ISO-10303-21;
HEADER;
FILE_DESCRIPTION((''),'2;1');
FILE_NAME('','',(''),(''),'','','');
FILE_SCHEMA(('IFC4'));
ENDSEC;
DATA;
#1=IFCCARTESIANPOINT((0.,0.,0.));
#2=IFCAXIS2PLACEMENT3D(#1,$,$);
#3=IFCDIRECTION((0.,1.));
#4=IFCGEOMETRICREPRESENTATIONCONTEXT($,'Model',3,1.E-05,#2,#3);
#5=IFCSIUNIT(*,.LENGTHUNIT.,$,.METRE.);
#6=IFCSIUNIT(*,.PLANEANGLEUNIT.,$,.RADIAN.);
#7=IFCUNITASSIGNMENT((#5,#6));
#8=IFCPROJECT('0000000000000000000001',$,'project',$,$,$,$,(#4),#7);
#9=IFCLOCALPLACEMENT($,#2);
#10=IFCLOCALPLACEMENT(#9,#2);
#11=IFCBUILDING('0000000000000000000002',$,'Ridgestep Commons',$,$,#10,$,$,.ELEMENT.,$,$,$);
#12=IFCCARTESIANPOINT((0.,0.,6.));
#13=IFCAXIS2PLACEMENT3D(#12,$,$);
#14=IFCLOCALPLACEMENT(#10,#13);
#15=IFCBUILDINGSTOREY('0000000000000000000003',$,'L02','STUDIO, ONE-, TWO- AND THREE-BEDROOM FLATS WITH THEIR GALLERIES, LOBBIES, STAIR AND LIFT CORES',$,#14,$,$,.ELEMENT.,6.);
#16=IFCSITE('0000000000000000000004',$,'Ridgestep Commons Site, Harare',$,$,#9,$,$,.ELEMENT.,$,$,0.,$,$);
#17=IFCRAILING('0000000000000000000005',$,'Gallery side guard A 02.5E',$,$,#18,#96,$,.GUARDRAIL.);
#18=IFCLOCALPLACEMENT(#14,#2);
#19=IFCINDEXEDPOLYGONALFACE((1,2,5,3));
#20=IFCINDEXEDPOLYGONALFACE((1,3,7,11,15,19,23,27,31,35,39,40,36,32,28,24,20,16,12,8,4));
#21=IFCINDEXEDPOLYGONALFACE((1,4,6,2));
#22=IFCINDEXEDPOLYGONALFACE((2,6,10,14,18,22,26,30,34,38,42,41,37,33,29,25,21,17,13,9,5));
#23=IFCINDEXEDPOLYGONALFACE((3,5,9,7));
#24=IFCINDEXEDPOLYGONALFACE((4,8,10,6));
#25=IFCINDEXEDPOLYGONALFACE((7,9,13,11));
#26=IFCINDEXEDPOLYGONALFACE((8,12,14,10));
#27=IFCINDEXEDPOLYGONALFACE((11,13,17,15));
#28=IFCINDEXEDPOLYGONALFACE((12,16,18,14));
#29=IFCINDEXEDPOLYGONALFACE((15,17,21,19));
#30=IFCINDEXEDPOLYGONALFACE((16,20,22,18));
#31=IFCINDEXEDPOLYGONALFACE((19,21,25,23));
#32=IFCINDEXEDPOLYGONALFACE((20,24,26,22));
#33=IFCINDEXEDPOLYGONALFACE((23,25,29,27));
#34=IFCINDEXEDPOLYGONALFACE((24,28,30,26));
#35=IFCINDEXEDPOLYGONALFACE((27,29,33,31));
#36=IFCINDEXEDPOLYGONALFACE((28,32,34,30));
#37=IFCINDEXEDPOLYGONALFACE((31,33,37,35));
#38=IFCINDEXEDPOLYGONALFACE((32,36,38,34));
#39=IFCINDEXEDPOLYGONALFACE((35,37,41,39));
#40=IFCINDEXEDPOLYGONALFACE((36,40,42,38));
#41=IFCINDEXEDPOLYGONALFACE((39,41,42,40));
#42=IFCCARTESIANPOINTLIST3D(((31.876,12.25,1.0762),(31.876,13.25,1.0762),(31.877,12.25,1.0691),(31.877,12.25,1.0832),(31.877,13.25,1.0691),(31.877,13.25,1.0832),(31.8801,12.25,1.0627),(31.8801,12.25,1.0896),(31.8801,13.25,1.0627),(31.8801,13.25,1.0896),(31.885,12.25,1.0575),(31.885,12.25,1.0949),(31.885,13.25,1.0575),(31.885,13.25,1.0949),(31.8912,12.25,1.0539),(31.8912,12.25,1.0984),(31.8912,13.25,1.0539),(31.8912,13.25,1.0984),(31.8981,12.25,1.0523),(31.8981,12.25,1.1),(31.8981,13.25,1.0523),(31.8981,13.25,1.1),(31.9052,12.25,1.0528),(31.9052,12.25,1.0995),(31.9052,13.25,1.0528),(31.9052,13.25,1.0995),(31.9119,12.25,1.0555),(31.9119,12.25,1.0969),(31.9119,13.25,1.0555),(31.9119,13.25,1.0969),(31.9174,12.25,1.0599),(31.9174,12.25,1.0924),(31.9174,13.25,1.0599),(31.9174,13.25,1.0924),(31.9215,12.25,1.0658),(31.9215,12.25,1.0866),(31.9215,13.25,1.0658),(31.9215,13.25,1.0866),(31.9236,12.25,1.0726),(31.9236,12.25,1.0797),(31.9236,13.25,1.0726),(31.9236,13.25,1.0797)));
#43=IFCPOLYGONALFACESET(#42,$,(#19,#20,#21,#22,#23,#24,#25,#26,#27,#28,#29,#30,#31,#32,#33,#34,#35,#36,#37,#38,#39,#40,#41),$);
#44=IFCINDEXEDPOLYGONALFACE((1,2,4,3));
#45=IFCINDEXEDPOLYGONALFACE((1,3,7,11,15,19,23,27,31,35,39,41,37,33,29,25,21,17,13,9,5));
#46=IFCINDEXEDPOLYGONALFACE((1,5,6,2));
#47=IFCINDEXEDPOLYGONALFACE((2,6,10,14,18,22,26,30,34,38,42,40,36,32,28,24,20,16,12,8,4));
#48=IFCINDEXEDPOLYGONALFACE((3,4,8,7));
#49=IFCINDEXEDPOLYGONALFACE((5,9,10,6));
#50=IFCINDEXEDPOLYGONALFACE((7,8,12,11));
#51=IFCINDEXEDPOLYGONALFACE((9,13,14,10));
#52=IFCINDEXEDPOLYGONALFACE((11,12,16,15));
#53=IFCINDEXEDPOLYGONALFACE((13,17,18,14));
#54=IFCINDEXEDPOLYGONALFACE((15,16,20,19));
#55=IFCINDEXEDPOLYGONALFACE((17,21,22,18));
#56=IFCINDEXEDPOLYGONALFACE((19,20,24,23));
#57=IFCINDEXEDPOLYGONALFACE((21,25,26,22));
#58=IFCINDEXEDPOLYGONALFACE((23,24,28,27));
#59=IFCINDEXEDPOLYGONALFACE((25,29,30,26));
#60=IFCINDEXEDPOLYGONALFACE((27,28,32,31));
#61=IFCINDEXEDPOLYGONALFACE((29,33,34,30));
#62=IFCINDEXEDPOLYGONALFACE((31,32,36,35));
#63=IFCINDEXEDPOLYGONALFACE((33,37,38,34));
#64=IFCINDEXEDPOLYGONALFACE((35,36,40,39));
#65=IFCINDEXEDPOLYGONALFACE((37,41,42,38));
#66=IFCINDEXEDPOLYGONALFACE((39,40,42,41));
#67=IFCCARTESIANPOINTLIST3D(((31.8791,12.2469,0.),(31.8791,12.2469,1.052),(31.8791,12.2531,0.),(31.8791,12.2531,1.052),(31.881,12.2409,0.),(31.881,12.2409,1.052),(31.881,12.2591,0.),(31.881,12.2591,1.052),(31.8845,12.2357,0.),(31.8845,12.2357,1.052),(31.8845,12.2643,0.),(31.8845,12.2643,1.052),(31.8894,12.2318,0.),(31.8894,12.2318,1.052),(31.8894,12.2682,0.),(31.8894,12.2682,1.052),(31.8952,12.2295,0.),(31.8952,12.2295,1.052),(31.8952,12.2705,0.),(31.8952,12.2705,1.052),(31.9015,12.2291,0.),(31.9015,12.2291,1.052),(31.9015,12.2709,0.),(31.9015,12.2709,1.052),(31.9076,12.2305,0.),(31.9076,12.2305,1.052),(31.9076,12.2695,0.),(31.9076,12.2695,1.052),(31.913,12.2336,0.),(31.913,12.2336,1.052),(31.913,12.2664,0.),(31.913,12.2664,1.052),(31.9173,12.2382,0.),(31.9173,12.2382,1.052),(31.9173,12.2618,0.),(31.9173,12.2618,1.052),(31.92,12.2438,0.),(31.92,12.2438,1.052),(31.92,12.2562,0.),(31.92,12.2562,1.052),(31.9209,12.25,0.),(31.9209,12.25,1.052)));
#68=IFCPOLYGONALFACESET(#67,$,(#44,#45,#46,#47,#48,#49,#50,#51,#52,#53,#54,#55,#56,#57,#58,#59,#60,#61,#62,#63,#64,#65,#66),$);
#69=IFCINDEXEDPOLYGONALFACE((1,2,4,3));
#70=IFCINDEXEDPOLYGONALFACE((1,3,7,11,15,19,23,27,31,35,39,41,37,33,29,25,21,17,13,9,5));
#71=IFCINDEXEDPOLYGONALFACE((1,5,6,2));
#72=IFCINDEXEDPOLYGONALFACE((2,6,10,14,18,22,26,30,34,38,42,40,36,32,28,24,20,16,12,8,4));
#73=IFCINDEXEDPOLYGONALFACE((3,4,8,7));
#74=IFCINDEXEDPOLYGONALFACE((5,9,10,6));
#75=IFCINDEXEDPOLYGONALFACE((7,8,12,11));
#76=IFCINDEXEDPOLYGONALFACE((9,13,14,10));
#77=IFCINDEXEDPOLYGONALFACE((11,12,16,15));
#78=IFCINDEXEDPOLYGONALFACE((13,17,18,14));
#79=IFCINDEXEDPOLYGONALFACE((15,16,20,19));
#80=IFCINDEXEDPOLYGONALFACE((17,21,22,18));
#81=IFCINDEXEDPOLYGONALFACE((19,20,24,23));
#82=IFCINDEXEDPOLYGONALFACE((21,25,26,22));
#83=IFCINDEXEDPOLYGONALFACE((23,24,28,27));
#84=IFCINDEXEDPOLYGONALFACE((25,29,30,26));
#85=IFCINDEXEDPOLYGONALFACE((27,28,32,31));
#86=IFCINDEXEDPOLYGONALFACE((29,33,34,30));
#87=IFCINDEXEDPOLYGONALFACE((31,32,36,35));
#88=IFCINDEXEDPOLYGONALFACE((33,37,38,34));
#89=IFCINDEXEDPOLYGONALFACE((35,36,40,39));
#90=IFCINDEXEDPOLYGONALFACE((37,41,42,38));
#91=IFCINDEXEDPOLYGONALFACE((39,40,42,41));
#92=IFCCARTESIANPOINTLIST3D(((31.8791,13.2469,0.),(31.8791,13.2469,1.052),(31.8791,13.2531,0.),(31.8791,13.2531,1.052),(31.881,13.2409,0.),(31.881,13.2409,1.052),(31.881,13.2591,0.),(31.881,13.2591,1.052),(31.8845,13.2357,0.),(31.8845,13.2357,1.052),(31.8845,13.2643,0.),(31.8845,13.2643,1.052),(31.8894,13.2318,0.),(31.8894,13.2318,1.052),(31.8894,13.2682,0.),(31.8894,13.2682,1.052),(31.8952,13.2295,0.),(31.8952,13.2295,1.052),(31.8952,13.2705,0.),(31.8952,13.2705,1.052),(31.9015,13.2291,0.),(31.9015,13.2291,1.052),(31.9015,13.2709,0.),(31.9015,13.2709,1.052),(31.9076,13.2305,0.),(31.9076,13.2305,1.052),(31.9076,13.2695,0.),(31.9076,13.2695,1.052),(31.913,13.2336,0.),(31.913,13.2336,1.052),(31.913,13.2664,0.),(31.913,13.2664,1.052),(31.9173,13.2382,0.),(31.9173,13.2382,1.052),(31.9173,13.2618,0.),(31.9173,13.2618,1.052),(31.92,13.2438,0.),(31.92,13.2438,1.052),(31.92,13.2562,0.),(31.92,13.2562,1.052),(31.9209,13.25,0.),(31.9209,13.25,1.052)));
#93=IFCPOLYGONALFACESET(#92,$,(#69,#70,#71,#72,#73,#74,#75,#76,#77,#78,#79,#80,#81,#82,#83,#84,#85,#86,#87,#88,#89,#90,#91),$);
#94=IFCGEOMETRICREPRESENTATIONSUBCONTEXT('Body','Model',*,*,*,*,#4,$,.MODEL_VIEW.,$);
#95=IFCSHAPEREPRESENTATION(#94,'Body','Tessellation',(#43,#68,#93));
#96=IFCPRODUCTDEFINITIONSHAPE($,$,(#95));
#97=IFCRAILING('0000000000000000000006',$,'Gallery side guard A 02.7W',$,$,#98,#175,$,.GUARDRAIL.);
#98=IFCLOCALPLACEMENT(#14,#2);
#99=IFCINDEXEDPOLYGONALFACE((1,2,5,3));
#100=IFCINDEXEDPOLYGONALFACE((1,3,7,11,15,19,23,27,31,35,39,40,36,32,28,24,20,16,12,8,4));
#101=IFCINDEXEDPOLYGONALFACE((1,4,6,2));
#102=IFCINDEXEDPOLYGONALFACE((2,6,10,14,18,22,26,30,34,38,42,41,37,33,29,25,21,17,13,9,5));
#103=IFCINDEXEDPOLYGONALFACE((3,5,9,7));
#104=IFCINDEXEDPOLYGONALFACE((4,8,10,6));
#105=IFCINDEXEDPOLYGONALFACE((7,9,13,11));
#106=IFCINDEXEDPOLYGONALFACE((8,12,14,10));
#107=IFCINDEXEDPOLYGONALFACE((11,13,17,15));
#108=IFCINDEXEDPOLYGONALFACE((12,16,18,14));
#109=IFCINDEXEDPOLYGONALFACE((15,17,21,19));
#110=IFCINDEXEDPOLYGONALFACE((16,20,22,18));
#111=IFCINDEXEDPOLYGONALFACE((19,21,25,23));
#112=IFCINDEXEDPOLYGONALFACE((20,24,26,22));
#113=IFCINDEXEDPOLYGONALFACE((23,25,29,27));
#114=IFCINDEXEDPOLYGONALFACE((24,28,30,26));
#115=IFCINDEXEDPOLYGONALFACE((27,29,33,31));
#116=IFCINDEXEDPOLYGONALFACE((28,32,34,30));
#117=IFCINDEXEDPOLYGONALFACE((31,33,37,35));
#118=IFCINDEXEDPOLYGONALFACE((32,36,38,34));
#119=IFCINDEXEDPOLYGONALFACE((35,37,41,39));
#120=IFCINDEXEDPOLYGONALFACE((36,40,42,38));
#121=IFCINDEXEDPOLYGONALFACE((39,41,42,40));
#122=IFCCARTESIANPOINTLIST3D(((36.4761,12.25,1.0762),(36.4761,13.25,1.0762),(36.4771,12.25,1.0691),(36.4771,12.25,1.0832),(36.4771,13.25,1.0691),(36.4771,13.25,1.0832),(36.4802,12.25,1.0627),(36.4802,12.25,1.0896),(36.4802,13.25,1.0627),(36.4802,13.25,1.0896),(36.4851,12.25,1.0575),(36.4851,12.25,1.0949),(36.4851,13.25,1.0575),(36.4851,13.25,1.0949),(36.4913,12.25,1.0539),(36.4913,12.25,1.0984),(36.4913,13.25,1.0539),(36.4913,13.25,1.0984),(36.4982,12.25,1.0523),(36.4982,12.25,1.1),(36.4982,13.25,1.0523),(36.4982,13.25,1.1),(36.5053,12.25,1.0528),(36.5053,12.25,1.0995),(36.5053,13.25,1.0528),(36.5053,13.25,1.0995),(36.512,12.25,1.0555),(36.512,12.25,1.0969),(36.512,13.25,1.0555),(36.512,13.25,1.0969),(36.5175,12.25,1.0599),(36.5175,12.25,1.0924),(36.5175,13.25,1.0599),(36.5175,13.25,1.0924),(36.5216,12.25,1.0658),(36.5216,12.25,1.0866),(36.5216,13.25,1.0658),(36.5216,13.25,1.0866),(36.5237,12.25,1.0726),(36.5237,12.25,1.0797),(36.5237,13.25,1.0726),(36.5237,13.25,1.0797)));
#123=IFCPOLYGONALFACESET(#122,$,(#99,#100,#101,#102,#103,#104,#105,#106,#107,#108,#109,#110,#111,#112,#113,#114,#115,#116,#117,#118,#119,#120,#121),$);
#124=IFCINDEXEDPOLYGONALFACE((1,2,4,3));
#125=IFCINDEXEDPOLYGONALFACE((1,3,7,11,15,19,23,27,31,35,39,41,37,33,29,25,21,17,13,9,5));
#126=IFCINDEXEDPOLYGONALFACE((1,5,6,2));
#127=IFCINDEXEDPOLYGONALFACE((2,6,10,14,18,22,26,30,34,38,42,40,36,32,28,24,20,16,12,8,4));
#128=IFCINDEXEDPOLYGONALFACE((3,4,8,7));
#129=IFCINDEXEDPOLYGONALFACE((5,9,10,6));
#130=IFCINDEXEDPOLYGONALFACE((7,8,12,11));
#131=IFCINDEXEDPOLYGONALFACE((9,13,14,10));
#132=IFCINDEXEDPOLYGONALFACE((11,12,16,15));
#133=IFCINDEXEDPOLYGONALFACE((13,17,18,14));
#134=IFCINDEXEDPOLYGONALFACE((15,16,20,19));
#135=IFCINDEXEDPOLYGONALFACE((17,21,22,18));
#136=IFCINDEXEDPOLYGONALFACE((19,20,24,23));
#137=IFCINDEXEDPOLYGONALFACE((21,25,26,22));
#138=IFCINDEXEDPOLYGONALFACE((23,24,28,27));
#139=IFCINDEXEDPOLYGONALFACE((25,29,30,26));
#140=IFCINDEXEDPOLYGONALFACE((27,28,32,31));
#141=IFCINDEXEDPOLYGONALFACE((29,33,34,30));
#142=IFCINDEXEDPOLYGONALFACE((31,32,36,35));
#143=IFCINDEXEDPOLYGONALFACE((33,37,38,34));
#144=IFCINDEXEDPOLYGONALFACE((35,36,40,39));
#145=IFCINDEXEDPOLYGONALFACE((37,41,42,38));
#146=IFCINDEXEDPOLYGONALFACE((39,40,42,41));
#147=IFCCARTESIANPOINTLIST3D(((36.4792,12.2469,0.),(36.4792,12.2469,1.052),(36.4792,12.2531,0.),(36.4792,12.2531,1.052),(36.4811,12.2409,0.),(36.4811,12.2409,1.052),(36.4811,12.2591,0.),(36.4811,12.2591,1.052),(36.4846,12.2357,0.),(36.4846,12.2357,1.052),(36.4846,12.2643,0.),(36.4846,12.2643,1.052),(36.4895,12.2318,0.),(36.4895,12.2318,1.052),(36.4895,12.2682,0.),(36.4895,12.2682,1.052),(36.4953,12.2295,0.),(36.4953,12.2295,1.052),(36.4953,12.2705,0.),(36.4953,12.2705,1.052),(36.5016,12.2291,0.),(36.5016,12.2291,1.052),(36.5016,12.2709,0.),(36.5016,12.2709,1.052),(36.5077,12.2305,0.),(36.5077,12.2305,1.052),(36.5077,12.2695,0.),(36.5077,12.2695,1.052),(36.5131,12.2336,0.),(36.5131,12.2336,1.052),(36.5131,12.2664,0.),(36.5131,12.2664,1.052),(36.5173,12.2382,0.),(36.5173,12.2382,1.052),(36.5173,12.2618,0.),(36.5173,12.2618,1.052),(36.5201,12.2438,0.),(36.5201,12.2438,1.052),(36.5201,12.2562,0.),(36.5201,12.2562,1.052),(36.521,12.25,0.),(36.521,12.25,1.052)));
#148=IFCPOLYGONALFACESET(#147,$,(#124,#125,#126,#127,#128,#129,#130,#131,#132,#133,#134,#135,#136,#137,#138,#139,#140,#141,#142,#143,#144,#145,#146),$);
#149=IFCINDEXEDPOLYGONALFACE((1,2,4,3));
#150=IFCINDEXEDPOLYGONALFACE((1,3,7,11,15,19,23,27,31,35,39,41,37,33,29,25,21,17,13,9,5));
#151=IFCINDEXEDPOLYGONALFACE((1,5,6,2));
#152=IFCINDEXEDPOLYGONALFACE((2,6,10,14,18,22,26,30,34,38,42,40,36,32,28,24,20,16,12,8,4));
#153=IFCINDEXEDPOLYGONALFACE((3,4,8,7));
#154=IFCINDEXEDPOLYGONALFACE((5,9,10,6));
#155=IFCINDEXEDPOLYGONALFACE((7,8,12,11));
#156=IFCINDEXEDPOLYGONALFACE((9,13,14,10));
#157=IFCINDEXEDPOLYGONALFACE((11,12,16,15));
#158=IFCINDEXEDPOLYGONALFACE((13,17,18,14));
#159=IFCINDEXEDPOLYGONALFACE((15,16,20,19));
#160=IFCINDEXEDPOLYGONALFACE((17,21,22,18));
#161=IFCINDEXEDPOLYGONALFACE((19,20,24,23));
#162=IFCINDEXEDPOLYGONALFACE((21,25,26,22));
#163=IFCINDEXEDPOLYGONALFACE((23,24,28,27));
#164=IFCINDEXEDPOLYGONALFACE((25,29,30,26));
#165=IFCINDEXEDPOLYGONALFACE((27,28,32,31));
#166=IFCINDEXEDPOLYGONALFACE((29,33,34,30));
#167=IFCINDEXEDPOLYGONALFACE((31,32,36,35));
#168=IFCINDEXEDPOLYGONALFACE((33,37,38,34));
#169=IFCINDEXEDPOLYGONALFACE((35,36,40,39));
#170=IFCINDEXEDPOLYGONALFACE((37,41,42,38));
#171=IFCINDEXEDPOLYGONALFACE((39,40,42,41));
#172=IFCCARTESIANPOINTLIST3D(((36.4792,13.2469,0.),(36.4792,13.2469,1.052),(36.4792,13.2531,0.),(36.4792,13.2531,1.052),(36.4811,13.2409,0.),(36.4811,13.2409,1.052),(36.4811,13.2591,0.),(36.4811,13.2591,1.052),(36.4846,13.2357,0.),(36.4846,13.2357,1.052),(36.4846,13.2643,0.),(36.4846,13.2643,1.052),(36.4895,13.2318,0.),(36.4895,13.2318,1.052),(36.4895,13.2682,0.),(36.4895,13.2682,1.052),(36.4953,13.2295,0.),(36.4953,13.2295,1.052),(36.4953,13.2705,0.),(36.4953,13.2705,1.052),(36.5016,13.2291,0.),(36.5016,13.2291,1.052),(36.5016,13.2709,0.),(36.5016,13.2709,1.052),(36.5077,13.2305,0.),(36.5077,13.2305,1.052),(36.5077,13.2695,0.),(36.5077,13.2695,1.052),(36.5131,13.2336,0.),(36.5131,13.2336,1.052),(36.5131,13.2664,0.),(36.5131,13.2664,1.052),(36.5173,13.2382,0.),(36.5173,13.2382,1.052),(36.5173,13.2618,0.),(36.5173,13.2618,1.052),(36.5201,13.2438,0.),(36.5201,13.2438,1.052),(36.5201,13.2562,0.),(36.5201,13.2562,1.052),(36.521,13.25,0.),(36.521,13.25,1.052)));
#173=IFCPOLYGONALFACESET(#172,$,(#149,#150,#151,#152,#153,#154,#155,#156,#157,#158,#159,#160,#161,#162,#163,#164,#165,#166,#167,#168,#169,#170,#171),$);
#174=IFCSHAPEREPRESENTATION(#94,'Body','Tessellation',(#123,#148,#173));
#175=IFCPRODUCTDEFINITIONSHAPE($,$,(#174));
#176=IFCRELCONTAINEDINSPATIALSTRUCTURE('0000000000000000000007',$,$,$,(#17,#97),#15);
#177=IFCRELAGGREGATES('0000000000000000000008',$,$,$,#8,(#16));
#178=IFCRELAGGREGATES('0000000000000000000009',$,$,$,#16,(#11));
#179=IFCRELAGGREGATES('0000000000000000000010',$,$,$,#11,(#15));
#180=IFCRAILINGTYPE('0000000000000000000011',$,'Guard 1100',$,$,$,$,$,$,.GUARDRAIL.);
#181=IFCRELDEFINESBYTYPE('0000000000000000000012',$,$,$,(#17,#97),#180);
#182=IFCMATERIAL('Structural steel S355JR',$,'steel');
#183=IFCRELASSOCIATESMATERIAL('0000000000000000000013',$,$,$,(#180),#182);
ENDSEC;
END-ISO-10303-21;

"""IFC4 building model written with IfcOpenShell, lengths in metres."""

from ifc_helpers import new_model, si_unit, direction, frame, origin, origin_2d, place, context, subcontext, project, spatial, circle, extrude, material, type_object, element, save


model = new_model("IFC4")

# Units and contexts
model_context = context("Model", 3, precision=1e-05, world=origin(), true_north=direction((0.0, 1.0)))
body_context = subcontext(model_context, "Body", "Model", "MODEL_VIEW")
ifc_project = project(units=[si_unit("LENGTHUNIT", "METRE"), si_unit("PLANEANGLEUNIT", "RADIAN")], contexts=[model_context])

# Site, building, storey
site_placement = place(None, origin())
site = spatial("IfcSite", under=ifc_project, at=site_placement, Name="Ridgestep Commons Site, Harare", CompositionType="ELEMENT", RefElevation=0.0)
building_placement = place(site_placement, origin())
building = spatial("IfcBuilding", under=site, at=building_placement, Name="Ridgestep Commons", CompositionType="ELEMENT")
storey_placement = place(building_placement, frame((0.0, 0.0, 6.0)))
storey = spatial("IfcBuildingStorey", under=building, at=storey_placement, Name="L02", Description="STUDIO, ONE-, TWO- AND THREE-BEDROOM FLATS WITH THEIR GALLERIES, LOBBIES, STAIR AND LIFT CORES", CompositionType="ELEMENT", Elevation=6.0)

# Railings
ifc_material_1 = material(Name="Structural steel S355JR", Category="steel")
railing_type = type_object("IfcRailingType", Name="Guard 1100", PredefinedType="GUARDRAIL", material=ifc_material_1)
for number, where, name in (
    (1, (31.8999, 12.25, 0.0), "Gallery side guard A 02.5E"),
    (2, (36.5, 12.25, 0.0), "Gallery side guard A 02.7W"),
):
    element("IfcRailing", number, at=place(storey_placement, frame(where)), inside=storey, type_object=railing_type, Name=name, PredefinedType="GUARDRAIL", context=body_context, shape_type="SweptSolid", body=[
        extrude(circle(Radius=0.0239, at=origin_2d()), frame((0.0, 0.0, 1.0762), z_axis=(0.0, 1.0, 0.0), x_axis=(-1.0, 0.0, 0.0)), (0.0, 0.0, 1.0), 1.0),
        extrude(circle(Radius=0.021, at=origin_2d()), origin(), (0.0, 0.0, 1.0), 1.052),
        extrude(circle(Radius=0.021, at=origin_2d()), frame((0.0, 1.0, 0.0)), (0.0, 0.0, 1.0), 1.052),
    ])

save(model, "model.ifc")
